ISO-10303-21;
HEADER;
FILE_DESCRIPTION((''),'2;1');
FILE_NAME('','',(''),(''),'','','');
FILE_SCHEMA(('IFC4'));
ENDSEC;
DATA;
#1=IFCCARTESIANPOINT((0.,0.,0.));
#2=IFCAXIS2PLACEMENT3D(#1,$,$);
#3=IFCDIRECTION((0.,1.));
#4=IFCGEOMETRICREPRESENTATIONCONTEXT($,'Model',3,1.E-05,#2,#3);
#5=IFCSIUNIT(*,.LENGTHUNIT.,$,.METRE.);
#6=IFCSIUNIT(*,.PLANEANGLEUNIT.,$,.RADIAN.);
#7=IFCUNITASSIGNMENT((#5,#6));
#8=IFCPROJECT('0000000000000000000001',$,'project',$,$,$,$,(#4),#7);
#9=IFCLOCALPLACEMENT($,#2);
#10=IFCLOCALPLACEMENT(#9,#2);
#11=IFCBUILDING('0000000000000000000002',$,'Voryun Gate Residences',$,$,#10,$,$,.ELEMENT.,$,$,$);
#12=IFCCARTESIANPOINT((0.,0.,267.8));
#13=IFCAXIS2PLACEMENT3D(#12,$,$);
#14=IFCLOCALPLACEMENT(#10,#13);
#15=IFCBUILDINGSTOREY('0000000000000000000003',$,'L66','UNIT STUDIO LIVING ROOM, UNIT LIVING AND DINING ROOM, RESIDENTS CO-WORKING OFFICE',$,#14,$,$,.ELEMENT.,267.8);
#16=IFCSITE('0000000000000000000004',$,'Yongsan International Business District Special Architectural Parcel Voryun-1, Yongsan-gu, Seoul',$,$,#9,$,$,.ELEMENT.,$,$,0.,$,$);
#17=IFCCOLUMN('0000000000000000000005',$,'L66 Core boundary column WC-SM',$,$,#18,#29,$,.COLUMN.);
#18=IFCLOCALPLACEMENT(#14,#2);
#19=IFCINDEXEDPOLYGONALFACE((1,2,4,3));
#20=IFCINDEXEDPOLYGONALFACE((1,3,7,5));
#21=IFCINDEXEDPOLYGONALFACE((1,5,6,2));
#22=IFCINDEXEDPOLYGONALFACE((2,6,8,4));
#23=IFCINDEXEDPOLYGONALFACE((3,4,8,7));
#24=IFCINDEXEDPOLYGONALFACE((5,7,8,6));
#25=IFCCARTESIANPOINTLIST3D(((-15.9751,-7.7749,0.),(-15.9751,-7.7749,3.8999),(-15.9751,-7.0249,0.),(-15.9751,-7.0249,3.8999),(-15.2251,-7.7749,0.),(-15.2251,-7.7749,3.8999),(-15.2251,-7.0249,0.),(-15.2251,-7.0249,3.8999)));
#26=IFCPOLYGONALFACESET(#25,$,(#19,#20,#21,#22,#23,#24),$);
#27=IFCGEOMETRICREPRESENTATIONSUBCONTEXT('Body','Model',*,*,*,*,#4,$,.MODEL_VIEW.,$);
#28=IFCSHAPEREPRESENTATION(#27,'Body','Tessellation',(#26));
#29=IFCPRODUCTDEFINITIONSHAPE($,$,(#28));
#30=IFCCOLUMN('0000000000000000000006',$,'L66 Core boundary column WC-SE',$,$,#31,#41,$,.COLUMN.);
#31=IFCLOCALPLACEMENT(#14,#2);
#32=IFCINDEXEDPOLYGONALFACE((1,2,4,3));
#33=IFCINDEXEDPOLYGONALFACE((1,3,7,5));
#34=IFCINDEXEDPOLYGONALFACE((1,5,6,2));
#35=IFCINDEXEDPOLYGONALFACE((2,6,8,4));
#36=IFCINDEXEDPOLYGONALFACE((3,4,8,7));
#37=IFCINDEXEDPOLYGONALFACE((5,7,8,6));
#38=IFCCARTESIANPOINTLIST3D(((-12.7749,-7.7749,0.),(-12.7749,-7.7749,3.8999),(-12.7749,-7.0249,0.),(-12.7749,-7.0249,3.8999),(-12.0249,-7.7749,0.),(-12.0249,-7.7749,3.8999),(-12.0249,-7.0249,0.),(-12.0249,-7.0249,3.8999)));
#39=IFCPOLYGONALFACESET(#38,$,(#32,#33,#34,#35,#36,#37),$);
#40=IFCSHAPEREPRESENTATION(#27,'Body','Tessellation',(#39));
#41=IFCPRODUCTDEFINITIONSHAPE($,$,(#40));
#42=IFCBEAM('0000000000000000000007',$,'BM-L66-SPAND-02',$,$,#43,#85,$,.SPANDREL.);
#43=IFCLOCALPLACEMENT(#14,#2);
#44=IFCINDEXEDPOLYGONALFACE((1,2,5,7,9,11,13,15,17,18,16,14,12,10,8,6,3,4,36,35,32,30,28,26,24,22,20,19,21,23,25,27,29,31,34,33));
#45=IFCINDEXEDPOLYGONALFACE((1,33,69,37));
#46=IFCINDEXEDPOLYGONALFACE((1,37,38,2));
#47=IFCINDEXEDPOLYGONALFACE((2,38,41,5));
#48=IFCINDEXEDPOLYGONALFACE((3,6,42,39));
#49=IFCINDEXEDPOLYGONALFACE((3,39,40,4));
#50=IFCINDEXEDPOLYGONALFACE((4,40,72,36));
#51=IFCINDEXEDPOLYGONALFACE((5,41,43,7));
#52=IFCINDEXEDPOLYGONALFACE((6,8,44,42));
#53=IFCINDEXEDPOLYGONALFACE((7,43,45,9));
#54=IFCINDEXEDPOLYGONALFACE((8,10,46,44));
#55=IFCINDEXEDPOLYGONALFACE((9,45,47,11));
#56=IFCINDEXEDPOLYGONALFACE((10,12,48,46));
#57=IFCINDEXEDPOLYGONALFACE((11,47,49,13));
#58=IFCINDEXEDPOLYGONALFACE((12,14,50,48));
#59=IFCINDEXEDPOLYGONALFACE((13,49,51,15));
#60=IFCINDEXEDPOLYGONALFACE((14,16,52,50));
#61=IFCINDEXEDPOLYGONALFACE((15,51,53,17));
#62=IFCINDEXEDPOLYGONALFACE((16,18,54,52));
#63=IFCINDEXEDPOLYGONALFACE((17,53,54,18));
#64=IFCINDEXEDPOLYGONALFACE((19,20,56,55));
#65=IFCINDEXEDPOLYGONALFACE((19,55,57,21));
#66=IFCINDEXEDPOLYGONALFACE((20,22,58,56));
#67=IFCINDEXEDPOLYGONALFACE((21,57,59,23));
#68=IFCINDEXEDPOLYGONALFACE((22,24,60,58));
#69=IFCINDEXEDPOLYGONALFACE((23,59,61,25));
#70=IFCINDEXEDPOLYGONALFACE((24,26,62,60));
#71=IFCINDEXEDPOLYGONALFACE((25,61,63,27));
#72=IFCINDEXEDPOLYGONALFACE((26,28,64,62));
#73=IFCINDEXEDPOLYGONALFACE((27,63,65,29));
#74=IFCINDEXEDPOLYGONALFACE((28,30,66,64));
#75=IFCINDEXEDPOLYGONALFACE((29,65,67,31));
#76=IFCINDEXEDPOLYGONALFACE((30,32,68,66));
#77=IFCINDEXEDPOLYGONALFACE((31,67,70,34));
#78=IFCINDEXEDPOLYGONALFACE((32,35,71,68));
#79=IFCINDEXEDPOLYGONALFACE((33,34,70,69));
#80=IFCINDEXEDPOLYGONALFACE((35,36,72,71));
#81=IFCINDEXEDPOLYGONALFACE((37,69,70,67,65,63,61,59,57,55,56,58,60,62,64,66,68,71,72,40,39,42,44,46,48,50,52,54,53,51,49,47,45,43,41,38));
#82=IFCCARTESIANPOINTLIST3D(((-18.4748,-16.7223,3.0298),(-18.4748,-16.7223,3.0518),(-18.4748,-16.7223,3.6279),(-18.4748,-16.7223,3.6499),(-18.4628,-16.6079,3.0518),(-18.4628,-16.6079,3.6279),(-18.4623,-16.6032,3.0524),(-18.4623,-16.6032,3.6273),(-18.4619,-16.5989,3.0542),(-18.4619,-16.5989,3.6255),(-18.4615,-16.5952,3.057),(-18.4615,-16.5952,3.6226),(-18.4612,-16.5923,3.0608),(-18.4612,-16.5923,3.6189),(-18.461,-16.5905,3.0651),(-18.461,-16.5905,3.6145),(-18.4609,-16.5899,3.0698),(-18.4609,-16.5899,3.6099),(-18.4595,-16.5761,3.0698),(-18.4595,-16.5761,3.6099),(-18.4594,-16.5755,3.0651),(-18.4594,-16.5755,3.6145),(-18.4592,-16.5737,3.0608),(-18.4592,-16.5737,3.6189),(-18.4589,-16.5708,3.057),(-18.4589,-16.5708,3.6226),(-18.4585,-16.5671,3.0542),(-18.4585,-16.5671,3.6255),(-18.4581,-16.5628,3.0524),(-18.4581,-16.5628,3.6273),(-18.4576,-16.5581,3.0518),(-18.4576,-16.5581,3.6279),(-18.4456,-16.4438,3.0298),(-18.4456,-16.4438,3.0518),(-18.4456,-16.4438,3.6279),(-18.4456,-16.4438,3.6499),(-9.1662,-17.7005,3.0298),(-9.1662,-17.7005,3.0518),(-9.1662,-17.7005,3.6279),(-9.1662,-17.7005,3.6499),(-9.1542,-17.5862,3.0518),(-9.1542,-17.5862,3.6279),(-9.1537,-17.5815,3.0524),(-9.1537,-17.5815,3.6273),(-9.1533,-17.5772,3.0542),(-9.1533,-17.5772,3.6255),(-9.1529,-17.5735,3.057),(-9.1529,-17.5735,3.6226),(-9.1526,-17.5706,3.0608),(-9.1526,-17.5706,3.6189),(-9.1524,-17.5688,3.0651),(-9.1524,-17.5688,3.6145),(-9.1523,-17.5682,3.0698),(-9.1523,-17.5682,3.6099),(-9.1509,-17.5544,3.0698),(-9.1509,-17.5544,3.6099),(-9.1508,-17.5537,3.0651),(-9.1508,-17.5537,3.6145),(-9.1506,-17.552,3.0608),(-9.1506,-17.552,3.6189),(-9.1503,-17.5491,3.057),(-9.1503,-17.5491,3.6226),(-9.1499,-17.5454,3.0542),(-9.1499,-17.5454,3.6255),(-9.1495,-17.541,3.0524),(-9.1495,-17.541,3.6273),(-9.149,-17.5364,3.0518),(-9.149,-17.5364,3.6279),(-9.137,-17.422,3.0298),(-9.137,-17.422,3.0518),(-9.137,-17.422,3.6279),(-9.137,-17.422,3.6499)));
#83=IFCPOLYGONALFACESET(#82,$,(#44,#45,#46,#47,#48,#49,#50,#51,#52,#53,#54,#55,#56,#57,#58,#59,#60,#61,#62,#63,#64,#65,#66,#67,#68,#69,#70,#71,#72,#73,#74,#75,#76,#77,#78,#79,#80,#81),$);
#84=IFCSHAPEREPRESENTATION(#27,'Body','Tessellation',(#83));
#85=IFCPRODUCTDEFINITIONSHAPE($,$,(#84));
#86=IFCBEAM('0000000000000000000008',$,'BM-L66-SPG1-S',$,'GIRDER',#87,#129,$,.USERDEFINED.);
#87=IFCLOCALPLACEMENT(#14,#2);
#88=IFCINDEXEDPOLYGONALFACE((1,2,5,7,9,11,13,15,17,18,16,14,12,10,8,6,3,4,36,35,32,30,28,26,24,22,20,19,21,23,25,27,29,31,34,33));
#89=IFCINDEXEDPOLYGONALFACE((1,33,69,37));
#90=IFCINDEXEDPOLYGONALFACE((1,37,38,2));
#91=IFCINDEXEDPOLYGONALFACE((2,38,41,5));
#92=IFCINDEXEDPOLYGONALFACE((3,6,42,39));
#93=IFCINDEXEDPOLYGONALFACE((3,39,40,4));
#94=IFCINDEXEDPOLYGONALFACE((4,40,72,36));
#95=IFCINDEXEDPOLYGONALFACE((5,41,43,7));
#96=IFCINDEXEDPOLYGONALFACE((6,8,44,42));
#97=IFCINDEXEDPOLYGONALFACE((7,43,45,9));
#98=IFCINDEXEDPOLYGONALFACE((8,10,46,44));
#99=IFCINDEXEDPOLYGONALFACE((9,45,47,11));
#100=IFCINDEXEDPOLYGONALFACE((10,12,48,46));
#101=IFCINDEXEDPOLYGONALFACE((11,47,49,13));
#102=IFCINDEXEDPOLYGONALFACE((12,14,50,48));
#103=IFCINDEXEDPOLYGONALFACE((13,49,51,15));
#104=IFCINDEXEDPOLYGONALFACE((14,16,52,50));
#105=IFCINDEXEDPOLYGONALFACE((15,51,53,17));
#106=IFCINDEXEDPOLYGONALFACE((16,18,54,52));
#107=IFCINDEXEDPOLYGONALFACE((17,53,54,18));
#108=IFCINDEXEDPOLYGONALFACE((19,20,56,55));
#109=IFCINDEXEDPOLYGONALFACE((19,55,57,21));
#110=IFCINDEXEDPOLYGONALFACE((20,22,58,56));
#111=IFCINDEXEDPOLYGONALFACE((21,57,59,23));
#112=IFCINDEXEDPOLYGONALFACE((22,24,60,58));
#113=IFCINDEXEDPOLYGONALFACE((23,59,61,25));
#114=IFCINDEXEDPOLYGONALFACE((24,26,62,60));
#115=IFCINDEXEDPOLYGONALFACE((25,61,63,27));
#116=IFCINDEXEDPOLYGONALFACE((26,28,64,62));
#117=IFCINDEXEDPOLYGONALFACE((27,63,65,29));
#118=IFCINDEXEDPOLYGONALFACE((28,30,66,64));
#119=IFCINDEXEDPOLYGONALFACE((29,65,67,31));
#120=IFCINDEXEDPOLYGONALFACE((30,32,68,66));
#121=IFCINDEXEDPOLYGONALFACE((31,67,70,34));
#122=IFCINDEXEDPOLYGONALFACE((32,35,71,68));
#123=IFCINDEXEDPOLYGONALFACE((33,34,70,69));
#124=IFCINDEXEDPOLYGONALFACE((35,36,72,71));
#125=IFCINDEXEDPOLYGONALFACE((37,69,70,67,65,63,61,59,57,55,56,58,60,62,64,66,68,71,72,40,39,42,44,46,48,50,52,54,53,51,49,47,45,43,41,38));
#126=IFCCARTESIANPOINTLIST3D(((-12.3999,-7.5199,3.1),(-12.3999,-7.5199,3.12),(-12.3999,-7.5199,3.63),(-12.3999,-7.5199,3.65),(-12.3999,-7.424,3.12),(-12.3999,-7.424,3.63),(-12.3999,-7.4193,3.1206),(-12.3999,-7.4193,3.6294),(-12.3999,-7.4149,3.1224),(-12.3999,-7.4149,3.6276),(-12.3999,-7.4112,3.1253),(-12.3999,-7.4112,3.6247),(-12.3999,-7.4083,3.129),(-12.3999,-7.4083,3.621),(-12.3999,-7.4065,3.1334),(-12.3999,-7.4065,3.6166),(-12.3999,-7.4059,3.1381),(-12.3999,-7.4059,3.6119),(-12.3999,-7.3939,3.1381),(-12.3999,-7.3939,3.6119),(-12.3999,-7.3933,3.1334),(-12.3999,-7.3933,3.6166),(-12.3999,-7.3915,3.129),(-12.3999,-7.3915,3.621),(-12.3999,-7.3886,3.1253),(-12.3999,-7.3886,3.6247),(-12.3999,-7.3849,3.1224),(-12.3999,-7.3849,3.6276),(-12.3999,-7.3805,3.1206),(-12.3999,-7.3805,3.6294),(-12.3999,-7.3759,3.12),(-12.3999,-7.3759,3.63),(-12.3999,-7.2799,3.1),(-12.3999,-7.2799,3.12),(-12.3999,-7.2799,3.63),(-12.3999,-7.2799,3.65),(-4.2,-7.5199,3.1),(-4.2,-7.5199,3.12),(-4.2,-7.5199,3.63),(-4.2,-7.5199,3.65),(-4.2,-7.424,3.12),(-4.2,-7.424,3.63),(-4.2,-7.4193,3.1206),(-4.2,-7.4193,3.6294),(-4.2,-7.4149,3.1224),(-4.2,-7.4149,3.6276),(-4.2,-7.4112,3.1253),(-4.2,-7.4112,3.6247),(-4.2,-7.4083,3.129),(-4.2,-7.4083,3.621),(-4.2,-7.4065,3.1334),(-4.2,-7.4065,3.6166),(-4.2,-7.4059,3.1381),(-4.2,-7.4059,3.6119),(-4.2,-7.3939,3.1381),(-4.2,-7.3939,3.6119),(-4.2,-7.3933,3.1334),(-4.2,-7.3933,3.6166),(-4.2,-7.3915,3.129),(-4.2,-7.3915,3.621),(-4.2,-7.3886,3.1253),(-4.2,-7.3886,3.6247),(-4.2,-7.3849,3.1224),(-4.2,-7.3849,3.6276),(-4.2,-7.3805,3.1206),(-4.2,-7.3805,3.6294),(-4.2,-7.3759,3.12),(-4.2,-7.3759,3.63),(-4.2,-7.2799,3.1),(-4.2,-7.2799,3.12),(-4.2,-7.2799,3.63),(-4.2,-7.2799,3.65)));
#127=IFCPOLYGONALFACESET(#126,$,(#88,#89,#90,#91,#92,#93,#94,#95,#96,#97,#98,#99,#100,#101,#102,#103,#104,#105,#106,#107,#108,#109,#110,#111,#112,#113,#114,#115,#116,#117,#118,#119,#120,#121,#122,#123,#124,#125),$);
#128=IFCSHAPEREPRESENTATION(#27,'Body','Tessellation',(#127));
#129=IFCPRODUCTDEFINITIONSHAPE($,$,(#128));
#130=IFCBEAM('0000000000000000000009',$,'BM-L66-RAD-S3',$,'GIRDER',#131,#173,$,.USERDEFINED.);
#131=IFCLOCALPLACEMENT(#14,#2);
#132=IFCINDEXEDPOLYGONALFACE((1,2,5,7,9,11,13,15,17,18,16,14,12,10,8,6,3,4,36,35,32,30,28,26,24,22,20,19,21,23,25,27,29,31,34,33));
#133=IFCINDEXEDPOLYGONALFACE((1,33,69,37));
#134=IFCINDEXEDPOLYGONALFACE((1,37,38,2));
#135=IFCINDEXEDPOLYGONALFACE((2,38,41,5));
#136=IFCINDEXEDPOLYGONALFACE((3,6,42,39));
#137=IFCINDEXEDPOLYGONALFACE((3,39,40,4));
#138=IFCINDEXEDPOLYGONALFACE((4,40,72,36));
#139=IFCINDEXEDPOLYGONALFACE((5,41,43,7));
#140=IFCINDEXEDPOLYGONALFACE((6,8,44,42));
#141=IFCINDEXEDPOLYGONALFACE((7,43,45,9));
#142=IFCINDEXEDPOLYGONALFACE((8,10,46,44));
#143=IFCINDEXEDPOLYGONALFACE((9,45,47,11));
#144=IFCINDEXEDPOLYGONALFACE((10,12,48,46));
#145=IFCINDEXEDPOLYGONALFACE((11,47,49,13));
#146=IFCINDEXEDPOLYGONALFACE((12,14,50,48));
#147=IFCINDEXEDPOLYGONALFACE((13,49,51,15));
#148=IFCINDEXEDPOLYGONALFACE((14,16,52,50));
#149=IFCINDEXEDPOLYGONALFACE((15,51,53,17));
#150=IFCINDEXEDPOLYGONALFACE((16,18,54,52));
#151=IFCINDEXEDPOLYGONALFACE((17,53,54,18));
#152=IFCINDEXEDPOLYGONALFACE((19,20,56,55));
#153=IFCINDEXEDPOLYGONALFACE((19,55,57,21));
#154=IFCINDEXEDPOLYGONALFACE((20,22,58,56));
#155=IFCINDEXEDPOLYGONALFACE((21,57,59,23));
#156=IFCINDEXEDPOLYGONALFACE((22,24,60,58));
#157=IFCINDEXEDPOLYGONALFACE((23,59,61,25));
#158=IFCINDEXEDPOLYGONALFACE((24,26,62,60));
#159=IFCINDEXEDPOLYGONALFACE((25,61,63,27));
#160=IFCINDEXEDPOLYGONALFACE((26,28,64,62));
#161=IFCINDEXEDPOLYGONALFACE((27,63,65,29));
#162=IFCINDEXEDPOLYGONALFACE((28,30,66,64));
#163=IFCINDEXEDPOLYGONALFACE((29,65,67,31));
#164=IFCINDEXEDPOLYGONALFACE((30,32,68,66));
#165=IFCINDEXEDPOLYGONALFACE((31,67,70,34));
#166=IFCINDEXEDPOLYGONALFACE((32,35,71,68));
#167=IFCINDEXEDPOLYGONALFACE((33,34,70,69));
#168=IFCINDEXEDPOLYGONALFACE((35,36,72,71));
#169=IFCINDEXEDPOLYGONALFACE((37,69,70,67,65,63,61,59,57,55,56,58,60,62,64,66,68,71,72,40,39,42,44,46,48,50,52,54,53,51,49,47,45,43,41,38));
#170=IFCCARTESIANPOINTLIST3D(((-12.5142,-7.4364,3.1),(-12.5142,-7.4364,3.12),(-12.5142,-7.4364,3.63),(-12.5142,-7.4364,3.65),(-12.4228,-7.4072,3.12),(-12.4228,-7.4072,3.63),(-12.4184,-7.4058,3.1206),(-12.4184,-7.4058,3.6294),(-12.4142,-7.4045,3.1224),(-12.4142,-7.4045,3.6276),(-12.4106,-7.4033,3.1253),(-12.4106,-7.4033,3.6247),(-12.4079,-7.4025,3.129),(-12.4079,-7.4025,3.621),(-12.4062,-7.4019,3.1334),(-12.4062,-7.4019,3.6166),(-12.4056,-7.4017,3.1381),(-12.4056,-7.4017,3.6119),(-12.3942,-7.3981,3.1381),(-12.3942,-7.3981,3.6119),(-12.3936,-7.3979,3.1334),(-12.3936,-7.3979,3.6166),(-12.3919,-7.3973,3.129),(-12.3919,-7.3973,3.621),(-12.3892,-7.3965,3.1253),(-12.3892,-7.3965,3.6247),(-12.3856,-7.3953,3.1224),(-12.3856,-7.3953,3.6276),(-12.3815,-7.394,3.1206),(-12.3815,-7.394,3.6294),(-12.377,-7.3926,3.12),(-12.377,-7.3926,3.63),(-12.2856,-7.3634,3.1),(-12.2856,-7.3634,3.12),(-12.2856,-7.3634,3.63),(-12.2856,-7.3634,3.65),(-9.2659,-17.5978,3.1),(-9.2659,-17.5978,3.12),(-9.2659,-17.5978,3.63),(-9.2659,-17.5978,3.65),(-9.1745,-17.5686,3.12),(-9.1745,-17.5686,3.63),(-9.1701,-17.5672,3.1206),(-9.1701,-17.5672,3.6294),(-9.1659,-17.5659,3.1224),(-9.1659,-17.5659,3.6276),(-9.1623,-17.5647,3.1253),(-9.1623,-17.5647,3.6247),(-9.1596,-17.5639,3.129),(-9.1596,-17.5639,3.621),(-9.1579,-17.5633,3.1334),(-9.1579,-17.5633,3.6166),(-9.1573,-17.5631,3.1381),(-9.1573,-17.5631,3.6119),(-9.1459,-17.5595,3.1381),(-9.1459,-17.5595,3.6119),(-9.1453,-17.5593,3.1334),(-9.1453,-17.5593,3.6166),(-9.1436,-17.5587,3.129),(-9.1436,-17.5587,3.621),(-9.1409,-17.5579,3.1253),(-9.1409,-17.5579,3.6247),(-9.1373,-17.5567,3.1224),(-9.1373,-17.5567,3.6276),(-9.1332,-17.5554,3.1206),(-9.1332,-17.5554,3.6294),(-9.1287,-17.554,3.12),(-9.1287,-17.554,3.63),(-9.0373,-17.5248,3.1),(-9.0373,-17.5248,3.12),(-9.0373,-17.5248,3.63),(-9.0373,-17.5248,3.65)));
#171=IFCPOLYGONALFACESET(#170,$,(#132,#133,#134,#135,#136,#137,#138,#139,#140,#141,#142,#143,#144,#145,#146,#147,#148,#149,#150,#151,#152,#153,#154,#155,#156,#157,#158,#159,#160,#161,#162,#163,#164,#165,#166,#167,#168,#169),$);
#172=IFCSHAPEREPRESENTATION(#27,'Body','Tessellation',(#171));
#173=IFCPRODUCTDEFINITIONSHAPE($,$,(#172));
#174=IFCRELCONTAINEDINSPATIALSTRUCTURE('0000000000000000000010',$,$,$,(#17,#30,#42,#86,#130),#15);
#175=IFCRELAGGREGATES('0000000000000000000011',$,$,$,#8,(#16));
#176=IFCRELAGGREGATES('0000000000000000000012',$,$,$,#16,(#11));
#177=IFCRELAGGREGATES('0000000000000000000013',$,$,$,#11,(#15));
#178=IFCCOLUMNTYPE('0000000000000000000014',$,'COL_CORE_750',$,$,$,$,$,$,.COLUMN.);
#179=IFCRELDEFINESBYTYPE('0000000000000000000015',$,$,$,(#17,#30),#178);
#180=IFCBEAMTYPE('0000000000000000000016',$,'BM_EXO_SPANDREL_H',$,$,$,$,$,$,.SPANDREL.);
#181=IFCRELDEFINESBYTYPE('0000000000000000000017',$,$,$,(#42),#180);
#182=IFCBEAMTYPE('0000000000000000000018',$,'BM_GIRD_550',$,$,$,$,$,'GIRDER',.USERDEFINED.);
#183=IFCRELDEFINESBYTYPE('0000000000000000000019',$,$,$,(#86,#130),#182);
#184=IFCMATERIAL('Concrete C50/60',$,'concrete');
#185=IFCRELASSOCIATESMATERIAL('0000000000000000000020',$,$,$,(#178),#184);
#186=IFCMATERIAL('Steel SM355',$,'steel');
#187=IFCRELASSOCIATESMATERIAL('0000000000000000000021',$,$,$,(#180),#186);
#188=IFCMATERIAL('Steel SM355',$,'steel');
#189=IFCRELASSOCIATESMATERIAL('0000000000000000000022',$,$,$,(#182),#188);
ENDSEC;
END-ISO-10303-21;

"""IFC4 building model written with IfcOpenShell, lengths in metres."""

from ifc_helpers import new_model, si_unit, direction, frame, origin, origin_2d, place, context, subcontext, project, spatial, rectangle, i_section, extrude, material, material_profile, profile_set, type_object, element, save


model = new_model("IFC4")

# Units and contexts
model_context = context("Model", 3, precision=1e-05, world=origin(), true_north=direction((0.0, 1.0)))
body_context = subcontext(model_context, "Body", "Model", "MODEL_VIEW")
ifc_project = project(units=[si_unit("LENGTHUNIT", "METRE"), si_unit("PLANEANGLEUNIT", "RADIAN")], contexts=[model_context])

# Site, building, storey
site_placement = place(None, origin())
site = spatial("IfcSite", under=ifc_project, at=site_placement, Name="Yongsan International Business District Special Architectural Parcel Voryun-1, Yongsan-gu, Seoul", CompositionType="ELEMENT", RefElevation=0.0)
building_placement = place(site_placement, origin())
building = spatial("IfcBuilding", under=site, at=building_placement, Name="Voryun Gate Residences", CompositionType="ELEMENT")
storey_placement = place(building_placement, frame((0.0, 0.0, 267.8)))
storey = spatial("IfcBuildingStorey", under=building, at=storey_placement, Name="L66", Description="UNIT STUDIO LIVING ROOM, UNIT LIVING AND DINING ROOM, RESIDENTS CO-WORKING OFFICE", CompositionType="ELEMENT", Elevation=267.8)

# Columns
ifc_material_1 = material(Name="Concrete C50/60", Category="concrete")
ifc_material_profile_1 = material_profile(ifc_material_1, rectangle(XDim=0.75, YDim=0.75, at=origin_2d()), Name="RC-750x750")
ifc_profile_set_1 = profile_set([ifc_material_profile_1], Name="Concrete C50/60")
column_type = type_object("IfcColumnType", Name="COL_CORE_750", PredefinedType="COLUMN", material=ifc_profile_set_1)
for number, where, z_axis, x_axis, name in (
    (1, (-15.6001, -7.3999, 0.0), (0.0, 0.0, 1.0), (1.0, 0.0, 0.0), "L66 Core boundary column WC-SM"),
    (2, (-12.3999, -7.3999, 0.0), (0.0, 0.0, 1.0), (1.0, 0.0, 0.0), "L66 Core boundary column WC-SE"),
):
    element("IfcColumn", number, at=place(storey_placement, frame(where, z_axis=z_axis, x_axis=x_axis)), inside=storey, type_object=column_type, Name=name, PredefinedType="COLUMN", context=body_context, shape_type="SweptSolid", body=[
        extrude(rectangle(XDim=0.75, YDim=0.75, at=origin_2d()), origin(), (0.0, 0.0, 1.0), 3.8999),
    ])

# Beams
ifc_material_2 = material(Name="Steel SM355", Category="steel")
ifc_material_profile_2 = material_profile(ifc_material_2, i_section(OverallWidth=0.28, OverallDepth=0.6201, WebThickness=0.0139, FlangeThickness=0.022, FilletRadius=0.0181, at=origin_2d()), Name="H-620x280x14x22")
ifc_profile_set_2 = profile_set([ifc_material_profile_2], Name="Steel SM355")
beam_type_1 = type_object("IfcBeamType", Name="BM_EXO_SPANDREL_H", PredefinedType="SPANDREL", material=ifc_profile_set_2)
beam_1_placement = place(storey_placement, frame((-18.4602, -16.583, 3.3398), z_axis=(0.994523, -0.104518, 0.0), x_axis=(0.104518, 0.994523, 0.0)))
element("IfcBeam", 3, at=beam_1_placement, inside=storey, type_object=beam_type_1, Name="BM-L66-SPAND-02", PredefinedType="SPANDREL", context=body_context, shape_type="SweptSolid", body=[
    extrude(i_section(OverallWidth=0.28, OverallDepth=0.6201, WebThickness=0.0139, FlangeThickness=0.022, FilletRadius=0.0181, at=origin_2d()), origin(), (0.0, 0.0, 1.0), 9.3599),
])
ifc_material_3 = material(Name="Steel SM355", Category="steel")
ifc_material_profile_3 = material_profile(ifc_material_3, i_section(OverallWidth=0.24, OverallDepth=0.55, WebThickness=0.012, FlangeThickness=0.02, FilletRadius=0.0181, at=origin_2d()), Name="H-550x240x12x20")
ifc_profile_set_3 = profile_set([ifc_material_profile_3], Name="Steel SM355")
beam_type_2 = type_object("IfcBeamType", Name="BM_GIRD_550", ElementType="GIRDER", PredefinedType="USERDEFINED", material=ifc_profile_set_3)
beam_2_placement = place(storey_placement, frame((-12.3999, -7.3999, 3.375), z_axis=(1.0, 0.0, 0.0), x_axis=(0.0, 1.0, 0.0)))
element("IfcBeam", 4, at=beam_2_placement, inside=storey, type_object=beam_type_2, Name="BM-L66-SPG1-S", ObjectType="GIRDER", PredefinedType="USERDEFINED", context=body_context, shape_type="SweptSolid", body=[
    extrude(i_section(OverallWidth=0.24, OverallDepth=0.55, WebThickness=0.012, FlangeThickness=0.02, FilletRadius=0.0181, at=origin_2d()), origin(), (0.0, 0.0, 1.0), 8.2),
])
beam_3_placement = place(storey_placement, frame((-12.3999, -7.3999, 3.375), z_axis=(0.304491, -0.952515, 0.0), x_axis=(0.952515, 0.304491, 0.0)))
element("IfcBeam", 5, at=beam_3_placement, inside=storey, type_object=beam_type_2, Name="BM-L66-RAD-S3", ObjectType="GIRDER", PredefinedType="USERDEFINED", context=body_context, shape_type="SweptSolid", body=[
    extrude(i_section(OverallWidth=0.24, OverallDepth=0.55, WebThickness=0.012, FlangeThickness=0.02, FilletRadius=0.0181, at=origin_2d()), origin(), (0.0, 0.0, 1.0), 10.668),
])

save(model, "model.ifc")
